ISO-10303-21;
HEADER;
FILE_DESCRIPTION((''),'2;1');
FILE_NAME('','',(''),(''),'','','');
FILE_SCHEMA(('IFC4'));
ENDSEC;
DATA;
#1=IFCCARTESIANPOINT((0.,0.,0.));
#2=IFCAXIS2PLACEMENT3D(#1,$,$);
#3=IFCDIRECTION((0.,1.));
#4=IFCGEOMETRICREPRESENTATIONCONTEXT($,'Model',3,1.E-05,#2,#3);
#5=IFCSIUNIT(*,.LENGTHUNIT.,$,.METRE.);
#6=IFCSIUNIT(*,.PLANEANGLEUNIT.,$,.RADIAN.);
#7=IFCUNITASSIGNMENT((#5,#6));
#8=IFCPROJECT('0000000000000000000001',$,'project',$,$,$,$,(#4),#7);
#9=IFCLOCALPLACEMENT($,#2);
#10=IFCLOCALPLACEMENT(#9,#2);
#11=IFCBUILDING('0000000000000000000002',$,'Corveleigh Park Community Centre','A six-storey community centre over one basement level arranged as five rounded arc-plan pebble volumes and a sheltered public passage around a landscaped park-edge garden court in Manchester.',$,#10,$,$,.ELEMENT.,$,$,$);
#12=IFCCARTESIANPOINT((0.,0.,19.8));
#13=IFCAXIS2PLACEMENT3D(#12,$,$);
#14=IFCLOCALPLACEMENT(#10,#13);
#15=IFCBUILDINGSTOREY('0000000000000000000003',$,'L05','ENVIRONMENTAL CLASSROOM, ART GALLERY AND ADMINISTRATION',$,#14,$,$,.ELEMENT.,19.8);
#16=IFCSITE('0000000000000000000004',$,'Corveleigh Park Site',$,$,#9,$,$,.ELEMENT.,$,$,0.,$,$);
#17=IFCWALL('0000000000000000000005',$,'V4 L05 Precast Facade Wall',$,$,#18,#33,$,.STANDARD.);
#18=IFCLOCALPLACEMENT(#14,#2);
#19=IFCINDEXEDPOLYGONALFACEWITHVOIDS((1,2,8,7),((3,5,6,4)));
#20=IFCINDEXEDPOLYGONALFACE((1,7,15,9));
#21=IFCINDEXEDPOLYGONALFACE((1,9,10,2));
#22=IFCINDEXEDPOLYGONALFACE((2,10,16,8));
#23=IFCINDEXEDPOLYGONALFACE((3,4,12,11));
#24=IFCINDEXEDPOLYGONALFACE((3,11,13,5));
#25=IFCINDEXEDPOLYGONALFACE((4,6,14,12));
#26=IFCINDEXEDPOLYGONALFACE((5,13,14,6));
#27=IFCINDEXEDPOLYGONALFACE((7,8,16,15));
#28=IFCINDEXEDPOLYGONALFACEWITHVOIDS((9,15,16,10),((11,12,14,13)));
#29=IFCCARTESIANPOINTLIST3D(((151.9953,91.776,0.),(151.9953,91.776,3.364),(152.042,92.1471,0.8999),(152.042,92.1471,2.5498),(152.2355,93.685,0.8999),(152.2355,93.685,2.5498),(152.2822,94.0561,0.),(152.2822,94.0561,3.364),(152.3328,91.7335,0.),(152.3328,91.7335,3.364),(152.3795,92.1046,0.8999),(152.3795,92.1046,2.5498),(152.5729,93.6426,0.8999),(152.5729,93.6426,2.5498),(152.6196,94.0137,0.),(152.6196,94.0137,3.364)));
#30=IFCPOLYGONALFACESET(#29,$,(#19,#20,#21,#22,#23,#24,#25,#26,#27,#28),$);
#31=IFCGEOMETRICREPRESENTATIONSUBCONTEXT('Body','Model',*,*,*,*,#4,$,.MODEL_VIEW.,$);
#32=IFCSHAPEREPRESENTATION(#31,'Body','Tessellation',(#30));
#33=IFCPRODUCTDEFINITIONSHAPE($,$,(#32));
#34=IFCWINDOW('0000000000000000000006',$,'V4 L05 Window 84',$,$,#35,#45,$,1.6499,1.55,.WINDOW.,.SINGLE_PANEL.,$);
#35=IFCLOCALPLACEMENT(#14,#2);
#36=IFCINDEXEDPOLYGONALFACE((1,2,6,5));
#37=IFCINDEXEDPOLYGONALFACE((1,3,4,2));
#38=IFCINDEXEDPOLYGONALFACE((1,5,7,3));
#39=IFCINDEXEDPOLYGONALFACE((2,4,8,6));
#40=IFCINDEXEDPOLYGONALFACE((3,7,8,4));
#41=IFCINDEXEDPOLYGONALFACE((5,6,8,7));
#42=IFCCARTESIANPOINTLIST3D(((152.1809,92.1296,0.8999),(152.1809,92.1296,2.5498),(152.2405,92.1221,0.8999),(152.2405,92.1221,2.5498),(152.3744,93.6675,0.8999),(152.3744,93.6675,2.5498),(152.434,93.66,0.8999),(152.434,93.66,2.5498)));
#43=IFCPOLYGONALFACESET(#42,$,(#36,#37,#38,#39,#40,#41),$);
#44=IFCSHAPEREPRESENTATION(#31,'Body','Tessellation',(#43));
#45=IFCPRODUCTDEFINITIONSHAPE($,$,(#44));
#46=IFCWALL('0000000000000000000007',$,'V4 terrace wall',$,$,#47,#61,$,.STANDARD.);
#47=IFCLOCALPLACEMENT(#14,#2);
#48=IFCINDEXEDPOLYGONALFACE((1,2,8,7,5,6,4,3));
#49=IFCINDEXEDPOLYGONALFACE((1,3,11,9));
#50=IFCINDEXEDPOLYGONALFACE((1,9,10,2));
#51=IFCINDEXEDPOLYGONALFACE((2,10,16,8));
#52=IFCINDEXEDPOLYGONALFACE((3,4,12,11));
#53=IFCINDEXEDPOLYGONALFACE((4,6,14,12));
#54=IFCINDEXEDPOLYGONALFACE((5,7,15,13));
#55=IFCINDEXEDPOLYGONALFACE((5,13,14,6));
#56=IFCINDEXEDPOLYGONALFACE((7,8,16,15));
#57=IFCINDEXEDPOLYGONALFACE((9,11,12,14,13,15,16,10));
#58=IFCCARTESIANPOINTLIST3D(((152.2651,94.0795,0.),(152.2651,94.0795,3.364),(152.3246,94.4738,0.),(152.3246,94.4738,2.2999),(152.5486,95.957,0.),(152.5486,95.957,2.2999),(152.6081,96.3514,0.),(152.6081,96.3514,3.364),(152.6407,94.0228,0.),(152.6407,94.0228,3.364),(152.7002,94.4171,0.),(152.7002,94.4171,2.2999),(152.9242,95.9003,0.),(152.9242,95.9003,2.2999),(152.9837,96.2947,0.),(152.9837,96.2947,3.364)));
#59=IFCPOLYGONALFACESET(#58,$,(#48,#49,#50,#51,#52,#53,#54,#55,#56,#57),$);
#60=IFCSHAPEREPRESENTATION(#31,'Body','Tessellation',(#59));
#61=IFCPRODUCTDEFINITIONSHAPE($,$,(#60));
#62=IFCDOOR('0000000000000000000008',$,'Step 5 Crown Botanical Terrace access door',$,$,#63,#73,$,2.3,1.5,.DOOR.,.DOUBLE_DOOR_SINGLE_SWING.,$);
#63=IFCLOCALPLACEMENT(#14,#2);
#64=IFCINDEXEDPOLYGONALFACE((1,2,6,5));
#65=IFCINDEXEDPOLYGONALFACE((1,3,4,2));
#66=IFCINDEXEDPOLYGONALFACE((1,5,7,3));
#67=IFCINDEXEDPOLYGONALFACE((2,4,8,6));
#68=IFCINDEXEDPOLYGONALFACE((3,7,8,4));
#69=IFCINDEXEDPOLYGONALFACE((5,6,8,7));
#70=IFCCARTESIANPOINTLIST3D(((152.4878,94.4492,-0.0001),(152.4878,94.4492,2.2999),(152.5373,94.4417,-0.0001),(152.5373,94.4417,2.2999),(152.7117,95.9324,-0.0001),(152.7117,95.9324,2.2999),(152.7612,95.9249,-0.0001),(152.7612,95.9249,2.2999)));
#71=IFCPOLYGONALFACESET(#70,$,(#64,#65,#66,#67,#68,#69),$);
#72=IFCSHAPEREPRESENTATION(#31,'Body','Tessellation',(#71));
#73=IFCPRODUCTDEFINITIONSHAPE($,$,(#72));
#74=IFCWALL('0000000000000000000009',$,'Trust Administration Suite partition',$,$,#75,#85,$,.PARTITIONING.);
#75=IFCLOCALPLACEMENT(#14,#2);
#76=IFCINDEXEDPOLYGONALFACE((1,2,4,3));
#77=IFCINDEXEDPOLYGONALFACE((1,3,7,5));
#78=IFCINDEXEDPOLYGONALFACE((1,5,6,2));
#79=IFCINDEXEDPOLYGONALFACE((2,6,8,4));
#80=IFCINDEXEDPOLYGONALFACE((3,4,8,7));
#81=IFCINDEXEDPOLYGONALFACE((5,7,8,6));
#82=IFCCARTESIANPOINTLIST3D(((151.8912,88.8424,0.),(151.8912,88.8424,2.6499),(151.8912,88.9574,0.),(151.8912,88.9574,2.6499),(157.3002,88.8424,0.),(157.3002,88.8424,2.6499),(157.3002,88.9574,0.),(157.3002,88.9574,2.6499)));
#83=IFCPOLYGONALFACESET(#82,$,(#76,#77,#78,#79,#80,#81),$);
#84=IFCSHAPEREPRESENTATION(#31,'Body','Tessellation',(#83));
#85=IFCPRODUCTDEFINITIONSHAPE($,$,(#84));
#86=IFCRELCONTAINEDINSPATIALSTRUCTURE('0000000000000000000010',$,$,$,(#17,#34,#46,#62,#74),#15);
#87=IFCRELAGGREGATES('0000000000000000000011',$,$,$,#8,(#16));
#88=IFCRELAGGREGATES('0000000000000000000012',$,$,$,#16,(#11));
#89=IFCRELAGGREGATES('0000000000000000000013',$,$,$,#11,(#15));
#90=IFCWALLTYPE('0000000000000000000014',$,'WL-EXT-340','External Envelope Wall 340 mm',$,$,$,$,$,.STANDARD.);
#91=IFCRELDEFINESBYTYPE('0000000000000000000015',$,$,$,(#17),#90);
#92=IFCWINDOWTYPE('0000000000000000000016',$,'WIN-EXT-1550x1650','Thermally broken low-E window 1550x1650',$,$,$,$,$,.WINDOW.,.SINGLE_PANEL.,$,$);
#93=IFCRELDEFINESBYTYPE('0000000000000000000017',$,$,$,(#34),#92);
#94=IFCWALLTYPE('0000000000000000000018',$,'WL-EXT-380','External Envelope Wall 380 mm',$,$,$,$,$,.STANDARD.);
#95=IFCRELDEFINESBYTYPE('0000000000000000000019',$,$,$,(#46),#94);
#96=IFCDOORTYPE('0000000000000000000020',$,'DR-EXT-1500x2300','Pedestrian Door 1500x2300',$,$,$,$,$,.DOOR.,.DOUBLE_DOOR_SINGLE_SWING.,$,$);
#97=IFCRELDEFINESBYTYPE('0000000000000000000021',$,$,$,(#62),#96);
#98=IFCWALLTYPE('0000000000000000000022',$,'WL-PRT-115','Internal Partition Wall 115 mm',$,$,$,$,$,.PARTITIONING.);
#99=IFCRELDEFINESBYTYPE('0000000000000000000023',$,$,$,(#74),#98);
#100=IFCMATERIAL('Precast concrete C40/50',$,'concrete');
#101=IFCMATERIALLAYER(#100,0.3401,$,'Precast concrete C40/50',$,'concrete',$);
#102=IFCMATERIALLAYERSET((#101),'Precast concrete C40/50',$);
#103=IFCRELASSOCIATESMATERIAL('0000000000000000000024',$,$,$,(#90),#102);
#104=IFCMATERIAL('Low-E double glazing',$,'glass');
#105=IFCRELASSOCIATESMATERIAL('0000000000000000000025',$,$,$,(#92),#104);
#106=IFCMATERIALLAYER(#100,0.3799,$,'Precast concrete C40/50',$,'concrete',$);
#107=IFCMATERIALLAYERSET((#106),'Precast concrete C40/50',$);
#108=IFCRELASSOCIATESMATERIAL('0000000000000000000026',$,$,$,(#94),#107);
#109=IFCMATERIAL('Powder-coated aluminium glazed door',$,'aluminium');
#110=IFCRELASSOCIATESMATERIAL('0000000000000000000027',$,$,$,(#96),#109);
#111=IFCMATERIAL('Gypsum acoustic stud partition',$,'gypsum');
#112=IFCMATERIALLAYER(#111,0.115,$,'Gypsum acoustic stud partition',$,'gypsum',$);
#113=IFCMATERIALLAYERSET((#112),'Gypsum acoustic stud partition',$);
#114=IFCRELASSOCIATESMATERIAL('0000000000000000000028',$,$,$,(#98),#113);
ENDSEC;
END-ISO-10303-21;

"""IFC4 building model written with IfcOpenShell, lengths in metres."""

from ifc_helpers import new_model, si_unit, direction, frame, frame_2d, origin, place, context, subcontext, project, spatial, rectangle, extrude, material, layer, layer_set, type_object, element, fill, save


model = new_model("IFC4")

# Units and contexts
model_context = context("Model", 3, precision=1e-05, world=origin(), true_north=direction((0.0, 1.0)))
body_context = subcontext(model_context, "Body", "Model", "MODEL_VIEW")
ifc_project = project(units=[si_unit("LENGTHUNIT", "METRE"), si_unit("PLANEANGLEUNIT", "RADIAN")], contexts=[model_context])

# Site, building, storey
site_placement = place(None, origin())
site = spatial("IfcSite", under=ifc_project, at=site_placement, Name="Corveleigh Park Site", CompositionType="ELEMENT", RefElevation=0.0)
building_placement = place(site_placement, origin())
building = spatial("IfcBuilding", under=site, at=building_placement, Name="Corveleigh Park Community Centre", Description="A six-storey community centre over one basement level arranged as five rounded arc-plan pebble volumes and a sheltered public passage around a landscaped park-edge garden court in Manchester.", CompositionType="ELEMENT")
storey_placement = place(building_placement, frame((0.0, 0.0, 19.8)))
storey = spatial("IfcBuildingStorey", under=building, at=storey_placement, Name="L05", Description="ENVIRONMENTAL CLASSROOM, ART GALLERY AND ADMINISTRATION", CompositionType="ELEMENT", Elevation=19.8)

# Shared definitions
ifc_material_1 = material(Name="Low-E double glazing", Category="glass")

# Wall, opening, window
ifc_material_2 = material(Name="Precast concrete C40/50", Category="concrete")
ifc_layer_1 = layer(ifc_material_2, 0.3401, Name="Precast concrete C40/50", Category="concrete")
ifc_layer_set_1 = layer_set([ifc_layer_1], Name="Precast concrete C40/50")
wall_type_1 = type_object("IfcWallType", Name="WL-EXT-340", Description="External Envelope Wall 340 mm", PredefinedType="STANDARD", material=ifc_layer_set_1)
wall_1_placement = place(storey_placement, frame((152.1641, 91.7549, 0.0), z_axis=(0.0, 0.0, 1.0), x_axis=(0.124832, 0.992178, 0.0)))
wall_1 = element("IfcWall", 1, at=wall_1_placement, inside=storey, type_object=wall_type_1, Name="V4 L05 Precast Facade Wall", PredefinedType="STANDARD", context=body_context, shape_type="SweptSolid", body=[
    extrude(rectangle(XDim=2.2981, YDim=0.3401, at=frame_2d((1.1489, 0.0))), origin(), (0.0, 0.0, 1.0), 3.364),
])
opening_1_placement = place(wall_1_placement, frame((0.374, 0.0, 0.8999)))
opening_1 = element("IfcOpeningElement", 2, at=opening_1_placement, cuts=wall_1, PredefinedType="OPENING", context=body_context, shape_type="SweptSolid", body=[
    extrude(rectangle(XDim=1.55, YDim=1.6499, at=frame_2d((0.7749, 0.825))), frame((0.0, 0.1799, 0.0), z_axis=(0.0, -1.0, 0.0), x_axis=(1.0, 0.0, 0.0)), (0.0, 0.0, 1.0), 0.3601),
])
window_type = type_object("IfcWindowType", Name="WIN-EXT-1550x1650", Description="Thermally broken low-E window 1550x1650", PartitioningType="SINGLE_PANEL", PredefinedType="WINDOW", material=ifc_material_1)
window_placement = place(opening_1_placement, origin())
window = element("IfcWindow", 3, at=window_placement, inside=storey, type_object=window_type, Name="V4 L05 Window 84", OverallHeight=1.6499, OverallWidth=1.55, PartitioningType="SINGLE_PANEL", PredefinedType="WINDOW", context=body_context, shape_type="SweptSolid", body=[
    extrude(rectangle(XDim=1.55, YDim=1.6499, at=frame_2d((0.7749, 0.825))), frame((0.0, 0.03, 0.0), z_axis=(0.0, -1.0, 0.0), x_axis=(1.0, 0.0, 0.0)), (0.0, 0.0, 1.0), 0.0601),
])
fill(opening_1, window)

# Wall, opening, door
ifc_layer_2 = layer(ifc_material_2, 0.3799, Name="Precast concrete C40/50", Category="concrete")
ifc_layer_set_2 = layer_set([ifc_layer_2], Name="Precast concrete C40/50")
wall_type_2 = type_object("IfcWallType", Name="WL-EXT-380", Description="External Envelope Wall 380 mm", PredefinedType="STANDARD", material=ifc_layer_set_2)
wall_2_placement = place(storey_placement, frame((152.4529, 94.051, 0.0), z_axis=(0.0, 0.0, 1.0), x_axis=(0.149286, 0.988794, 0.0)))
wall_2 = element("IfcWall", 4, at=wall_2_placement, inside=storey, type_object=wall_type_2, Name="V4 terrace wall", PredefinedType="STANDARD", context=body_context, shape_type="SweptSolid", body=[
    extrude(rectangle(XDim=2.2976, YDim=0.3799, at=frame_2d((1.1489, 0.0))), origin(), (0.0, 0.0, 1.0), 3.364),
])
opening_2_placement = place(wall_2_placement, frame((0.3989, 0.0, 0.0)))
opening_2 = element("IfcOpeningElement", 5, at=opening_2_placement, cuts=wall_2, PredefinedType="OPENING", context=body_context, shape_type="SweptSolid", body=[
    extrude(rectangle(XDim=1.5, YDim=2.3, at=frame_2d((0.75, 1.1499))), frame((0.0, 0.2, 0.0), z_axis=(0.0, -1.0, 0.0), x_axis=(1.0, 0.0, 0.0)), (0.0, 0.0, 1.0), 0.3999),
])
ifc_material_3 = material(Name="Powder-coated aluminium glazed door", Category="aluminium")
door_type = type_object("IfcDoorType", Name="DR-EXT-1500x2300", Description="Pedestrian Door 1500x2300", OperationType="DOUBLE_DOOR_SINGLE_SWING", PredefinedType="DOOR", material=ifc_material_3)
door_placement = place(opening_2_placement, origin())
door = element("IfcDoor", 6, at=door_placement, inside=storey, type_object=door_type, Name="Step 5 Crown Botanical Terrace access door", OperationType="DOUBLE_DOOR_SINGLE_SWING", OverallHeight=2.3, OverallWidth=1.5, PredefinedType="DOOR", context=body_context, shape_type="SweptSolid", body=[
    extrude(rectangle(XDim=1.5, YDim=2.3, at=frame_2d((0.75, 1.1499))), frame((0.0, 0.0249, 0.0), z_axis=(0.0, -1.0, 0.0), x_axis=(1.0, 0.0, 0.0)), (0.0, 0.0, 1.0), 0.05),
])
fill(opening_2, door)

# Wall
ifc_material_4 = material(Name="Gypsum acoustic stud partition", Category="gypsum")
ifc_layer_3 = layer(ifc_material_4, 0.115, Name="Gypsum acoustic stud partition", Category="gypsum")
ifc_layer_set_3 = layer_set([ifc_layer_3], Name="Gypsum acoustic stud partition")
wall_type_3 = type_object("IfcWallType", Name="WL-PRT-115", Description="Internal Partition Wall 115 mm", PredefinedType="PARTITIONING", material=ifc_layer_set_3)
wall_3_placement = place(storey_placement, frame((151.8911, 88.8999, 0.0), z_axis=(0.0, 0.0, 1.0), x_axis=(1.0, 0.0, 0.0)))
element("IfcWall", 7, at=wall_3_placement, inside=storey, type_object=wall_type_3, Name="Trust Administration Suite partition", PredefinedType="PARTITIONING", context=body_context, shape_type="SweptSolid", body=[
    extrude(rectangle(XDim=5.4089, YDim=0.115, at=frame_2d((2.7046, 0.0))), origin(), (0.0, 0.0, 1.0), 2.6499),
])

save(model, "model.ifc")
